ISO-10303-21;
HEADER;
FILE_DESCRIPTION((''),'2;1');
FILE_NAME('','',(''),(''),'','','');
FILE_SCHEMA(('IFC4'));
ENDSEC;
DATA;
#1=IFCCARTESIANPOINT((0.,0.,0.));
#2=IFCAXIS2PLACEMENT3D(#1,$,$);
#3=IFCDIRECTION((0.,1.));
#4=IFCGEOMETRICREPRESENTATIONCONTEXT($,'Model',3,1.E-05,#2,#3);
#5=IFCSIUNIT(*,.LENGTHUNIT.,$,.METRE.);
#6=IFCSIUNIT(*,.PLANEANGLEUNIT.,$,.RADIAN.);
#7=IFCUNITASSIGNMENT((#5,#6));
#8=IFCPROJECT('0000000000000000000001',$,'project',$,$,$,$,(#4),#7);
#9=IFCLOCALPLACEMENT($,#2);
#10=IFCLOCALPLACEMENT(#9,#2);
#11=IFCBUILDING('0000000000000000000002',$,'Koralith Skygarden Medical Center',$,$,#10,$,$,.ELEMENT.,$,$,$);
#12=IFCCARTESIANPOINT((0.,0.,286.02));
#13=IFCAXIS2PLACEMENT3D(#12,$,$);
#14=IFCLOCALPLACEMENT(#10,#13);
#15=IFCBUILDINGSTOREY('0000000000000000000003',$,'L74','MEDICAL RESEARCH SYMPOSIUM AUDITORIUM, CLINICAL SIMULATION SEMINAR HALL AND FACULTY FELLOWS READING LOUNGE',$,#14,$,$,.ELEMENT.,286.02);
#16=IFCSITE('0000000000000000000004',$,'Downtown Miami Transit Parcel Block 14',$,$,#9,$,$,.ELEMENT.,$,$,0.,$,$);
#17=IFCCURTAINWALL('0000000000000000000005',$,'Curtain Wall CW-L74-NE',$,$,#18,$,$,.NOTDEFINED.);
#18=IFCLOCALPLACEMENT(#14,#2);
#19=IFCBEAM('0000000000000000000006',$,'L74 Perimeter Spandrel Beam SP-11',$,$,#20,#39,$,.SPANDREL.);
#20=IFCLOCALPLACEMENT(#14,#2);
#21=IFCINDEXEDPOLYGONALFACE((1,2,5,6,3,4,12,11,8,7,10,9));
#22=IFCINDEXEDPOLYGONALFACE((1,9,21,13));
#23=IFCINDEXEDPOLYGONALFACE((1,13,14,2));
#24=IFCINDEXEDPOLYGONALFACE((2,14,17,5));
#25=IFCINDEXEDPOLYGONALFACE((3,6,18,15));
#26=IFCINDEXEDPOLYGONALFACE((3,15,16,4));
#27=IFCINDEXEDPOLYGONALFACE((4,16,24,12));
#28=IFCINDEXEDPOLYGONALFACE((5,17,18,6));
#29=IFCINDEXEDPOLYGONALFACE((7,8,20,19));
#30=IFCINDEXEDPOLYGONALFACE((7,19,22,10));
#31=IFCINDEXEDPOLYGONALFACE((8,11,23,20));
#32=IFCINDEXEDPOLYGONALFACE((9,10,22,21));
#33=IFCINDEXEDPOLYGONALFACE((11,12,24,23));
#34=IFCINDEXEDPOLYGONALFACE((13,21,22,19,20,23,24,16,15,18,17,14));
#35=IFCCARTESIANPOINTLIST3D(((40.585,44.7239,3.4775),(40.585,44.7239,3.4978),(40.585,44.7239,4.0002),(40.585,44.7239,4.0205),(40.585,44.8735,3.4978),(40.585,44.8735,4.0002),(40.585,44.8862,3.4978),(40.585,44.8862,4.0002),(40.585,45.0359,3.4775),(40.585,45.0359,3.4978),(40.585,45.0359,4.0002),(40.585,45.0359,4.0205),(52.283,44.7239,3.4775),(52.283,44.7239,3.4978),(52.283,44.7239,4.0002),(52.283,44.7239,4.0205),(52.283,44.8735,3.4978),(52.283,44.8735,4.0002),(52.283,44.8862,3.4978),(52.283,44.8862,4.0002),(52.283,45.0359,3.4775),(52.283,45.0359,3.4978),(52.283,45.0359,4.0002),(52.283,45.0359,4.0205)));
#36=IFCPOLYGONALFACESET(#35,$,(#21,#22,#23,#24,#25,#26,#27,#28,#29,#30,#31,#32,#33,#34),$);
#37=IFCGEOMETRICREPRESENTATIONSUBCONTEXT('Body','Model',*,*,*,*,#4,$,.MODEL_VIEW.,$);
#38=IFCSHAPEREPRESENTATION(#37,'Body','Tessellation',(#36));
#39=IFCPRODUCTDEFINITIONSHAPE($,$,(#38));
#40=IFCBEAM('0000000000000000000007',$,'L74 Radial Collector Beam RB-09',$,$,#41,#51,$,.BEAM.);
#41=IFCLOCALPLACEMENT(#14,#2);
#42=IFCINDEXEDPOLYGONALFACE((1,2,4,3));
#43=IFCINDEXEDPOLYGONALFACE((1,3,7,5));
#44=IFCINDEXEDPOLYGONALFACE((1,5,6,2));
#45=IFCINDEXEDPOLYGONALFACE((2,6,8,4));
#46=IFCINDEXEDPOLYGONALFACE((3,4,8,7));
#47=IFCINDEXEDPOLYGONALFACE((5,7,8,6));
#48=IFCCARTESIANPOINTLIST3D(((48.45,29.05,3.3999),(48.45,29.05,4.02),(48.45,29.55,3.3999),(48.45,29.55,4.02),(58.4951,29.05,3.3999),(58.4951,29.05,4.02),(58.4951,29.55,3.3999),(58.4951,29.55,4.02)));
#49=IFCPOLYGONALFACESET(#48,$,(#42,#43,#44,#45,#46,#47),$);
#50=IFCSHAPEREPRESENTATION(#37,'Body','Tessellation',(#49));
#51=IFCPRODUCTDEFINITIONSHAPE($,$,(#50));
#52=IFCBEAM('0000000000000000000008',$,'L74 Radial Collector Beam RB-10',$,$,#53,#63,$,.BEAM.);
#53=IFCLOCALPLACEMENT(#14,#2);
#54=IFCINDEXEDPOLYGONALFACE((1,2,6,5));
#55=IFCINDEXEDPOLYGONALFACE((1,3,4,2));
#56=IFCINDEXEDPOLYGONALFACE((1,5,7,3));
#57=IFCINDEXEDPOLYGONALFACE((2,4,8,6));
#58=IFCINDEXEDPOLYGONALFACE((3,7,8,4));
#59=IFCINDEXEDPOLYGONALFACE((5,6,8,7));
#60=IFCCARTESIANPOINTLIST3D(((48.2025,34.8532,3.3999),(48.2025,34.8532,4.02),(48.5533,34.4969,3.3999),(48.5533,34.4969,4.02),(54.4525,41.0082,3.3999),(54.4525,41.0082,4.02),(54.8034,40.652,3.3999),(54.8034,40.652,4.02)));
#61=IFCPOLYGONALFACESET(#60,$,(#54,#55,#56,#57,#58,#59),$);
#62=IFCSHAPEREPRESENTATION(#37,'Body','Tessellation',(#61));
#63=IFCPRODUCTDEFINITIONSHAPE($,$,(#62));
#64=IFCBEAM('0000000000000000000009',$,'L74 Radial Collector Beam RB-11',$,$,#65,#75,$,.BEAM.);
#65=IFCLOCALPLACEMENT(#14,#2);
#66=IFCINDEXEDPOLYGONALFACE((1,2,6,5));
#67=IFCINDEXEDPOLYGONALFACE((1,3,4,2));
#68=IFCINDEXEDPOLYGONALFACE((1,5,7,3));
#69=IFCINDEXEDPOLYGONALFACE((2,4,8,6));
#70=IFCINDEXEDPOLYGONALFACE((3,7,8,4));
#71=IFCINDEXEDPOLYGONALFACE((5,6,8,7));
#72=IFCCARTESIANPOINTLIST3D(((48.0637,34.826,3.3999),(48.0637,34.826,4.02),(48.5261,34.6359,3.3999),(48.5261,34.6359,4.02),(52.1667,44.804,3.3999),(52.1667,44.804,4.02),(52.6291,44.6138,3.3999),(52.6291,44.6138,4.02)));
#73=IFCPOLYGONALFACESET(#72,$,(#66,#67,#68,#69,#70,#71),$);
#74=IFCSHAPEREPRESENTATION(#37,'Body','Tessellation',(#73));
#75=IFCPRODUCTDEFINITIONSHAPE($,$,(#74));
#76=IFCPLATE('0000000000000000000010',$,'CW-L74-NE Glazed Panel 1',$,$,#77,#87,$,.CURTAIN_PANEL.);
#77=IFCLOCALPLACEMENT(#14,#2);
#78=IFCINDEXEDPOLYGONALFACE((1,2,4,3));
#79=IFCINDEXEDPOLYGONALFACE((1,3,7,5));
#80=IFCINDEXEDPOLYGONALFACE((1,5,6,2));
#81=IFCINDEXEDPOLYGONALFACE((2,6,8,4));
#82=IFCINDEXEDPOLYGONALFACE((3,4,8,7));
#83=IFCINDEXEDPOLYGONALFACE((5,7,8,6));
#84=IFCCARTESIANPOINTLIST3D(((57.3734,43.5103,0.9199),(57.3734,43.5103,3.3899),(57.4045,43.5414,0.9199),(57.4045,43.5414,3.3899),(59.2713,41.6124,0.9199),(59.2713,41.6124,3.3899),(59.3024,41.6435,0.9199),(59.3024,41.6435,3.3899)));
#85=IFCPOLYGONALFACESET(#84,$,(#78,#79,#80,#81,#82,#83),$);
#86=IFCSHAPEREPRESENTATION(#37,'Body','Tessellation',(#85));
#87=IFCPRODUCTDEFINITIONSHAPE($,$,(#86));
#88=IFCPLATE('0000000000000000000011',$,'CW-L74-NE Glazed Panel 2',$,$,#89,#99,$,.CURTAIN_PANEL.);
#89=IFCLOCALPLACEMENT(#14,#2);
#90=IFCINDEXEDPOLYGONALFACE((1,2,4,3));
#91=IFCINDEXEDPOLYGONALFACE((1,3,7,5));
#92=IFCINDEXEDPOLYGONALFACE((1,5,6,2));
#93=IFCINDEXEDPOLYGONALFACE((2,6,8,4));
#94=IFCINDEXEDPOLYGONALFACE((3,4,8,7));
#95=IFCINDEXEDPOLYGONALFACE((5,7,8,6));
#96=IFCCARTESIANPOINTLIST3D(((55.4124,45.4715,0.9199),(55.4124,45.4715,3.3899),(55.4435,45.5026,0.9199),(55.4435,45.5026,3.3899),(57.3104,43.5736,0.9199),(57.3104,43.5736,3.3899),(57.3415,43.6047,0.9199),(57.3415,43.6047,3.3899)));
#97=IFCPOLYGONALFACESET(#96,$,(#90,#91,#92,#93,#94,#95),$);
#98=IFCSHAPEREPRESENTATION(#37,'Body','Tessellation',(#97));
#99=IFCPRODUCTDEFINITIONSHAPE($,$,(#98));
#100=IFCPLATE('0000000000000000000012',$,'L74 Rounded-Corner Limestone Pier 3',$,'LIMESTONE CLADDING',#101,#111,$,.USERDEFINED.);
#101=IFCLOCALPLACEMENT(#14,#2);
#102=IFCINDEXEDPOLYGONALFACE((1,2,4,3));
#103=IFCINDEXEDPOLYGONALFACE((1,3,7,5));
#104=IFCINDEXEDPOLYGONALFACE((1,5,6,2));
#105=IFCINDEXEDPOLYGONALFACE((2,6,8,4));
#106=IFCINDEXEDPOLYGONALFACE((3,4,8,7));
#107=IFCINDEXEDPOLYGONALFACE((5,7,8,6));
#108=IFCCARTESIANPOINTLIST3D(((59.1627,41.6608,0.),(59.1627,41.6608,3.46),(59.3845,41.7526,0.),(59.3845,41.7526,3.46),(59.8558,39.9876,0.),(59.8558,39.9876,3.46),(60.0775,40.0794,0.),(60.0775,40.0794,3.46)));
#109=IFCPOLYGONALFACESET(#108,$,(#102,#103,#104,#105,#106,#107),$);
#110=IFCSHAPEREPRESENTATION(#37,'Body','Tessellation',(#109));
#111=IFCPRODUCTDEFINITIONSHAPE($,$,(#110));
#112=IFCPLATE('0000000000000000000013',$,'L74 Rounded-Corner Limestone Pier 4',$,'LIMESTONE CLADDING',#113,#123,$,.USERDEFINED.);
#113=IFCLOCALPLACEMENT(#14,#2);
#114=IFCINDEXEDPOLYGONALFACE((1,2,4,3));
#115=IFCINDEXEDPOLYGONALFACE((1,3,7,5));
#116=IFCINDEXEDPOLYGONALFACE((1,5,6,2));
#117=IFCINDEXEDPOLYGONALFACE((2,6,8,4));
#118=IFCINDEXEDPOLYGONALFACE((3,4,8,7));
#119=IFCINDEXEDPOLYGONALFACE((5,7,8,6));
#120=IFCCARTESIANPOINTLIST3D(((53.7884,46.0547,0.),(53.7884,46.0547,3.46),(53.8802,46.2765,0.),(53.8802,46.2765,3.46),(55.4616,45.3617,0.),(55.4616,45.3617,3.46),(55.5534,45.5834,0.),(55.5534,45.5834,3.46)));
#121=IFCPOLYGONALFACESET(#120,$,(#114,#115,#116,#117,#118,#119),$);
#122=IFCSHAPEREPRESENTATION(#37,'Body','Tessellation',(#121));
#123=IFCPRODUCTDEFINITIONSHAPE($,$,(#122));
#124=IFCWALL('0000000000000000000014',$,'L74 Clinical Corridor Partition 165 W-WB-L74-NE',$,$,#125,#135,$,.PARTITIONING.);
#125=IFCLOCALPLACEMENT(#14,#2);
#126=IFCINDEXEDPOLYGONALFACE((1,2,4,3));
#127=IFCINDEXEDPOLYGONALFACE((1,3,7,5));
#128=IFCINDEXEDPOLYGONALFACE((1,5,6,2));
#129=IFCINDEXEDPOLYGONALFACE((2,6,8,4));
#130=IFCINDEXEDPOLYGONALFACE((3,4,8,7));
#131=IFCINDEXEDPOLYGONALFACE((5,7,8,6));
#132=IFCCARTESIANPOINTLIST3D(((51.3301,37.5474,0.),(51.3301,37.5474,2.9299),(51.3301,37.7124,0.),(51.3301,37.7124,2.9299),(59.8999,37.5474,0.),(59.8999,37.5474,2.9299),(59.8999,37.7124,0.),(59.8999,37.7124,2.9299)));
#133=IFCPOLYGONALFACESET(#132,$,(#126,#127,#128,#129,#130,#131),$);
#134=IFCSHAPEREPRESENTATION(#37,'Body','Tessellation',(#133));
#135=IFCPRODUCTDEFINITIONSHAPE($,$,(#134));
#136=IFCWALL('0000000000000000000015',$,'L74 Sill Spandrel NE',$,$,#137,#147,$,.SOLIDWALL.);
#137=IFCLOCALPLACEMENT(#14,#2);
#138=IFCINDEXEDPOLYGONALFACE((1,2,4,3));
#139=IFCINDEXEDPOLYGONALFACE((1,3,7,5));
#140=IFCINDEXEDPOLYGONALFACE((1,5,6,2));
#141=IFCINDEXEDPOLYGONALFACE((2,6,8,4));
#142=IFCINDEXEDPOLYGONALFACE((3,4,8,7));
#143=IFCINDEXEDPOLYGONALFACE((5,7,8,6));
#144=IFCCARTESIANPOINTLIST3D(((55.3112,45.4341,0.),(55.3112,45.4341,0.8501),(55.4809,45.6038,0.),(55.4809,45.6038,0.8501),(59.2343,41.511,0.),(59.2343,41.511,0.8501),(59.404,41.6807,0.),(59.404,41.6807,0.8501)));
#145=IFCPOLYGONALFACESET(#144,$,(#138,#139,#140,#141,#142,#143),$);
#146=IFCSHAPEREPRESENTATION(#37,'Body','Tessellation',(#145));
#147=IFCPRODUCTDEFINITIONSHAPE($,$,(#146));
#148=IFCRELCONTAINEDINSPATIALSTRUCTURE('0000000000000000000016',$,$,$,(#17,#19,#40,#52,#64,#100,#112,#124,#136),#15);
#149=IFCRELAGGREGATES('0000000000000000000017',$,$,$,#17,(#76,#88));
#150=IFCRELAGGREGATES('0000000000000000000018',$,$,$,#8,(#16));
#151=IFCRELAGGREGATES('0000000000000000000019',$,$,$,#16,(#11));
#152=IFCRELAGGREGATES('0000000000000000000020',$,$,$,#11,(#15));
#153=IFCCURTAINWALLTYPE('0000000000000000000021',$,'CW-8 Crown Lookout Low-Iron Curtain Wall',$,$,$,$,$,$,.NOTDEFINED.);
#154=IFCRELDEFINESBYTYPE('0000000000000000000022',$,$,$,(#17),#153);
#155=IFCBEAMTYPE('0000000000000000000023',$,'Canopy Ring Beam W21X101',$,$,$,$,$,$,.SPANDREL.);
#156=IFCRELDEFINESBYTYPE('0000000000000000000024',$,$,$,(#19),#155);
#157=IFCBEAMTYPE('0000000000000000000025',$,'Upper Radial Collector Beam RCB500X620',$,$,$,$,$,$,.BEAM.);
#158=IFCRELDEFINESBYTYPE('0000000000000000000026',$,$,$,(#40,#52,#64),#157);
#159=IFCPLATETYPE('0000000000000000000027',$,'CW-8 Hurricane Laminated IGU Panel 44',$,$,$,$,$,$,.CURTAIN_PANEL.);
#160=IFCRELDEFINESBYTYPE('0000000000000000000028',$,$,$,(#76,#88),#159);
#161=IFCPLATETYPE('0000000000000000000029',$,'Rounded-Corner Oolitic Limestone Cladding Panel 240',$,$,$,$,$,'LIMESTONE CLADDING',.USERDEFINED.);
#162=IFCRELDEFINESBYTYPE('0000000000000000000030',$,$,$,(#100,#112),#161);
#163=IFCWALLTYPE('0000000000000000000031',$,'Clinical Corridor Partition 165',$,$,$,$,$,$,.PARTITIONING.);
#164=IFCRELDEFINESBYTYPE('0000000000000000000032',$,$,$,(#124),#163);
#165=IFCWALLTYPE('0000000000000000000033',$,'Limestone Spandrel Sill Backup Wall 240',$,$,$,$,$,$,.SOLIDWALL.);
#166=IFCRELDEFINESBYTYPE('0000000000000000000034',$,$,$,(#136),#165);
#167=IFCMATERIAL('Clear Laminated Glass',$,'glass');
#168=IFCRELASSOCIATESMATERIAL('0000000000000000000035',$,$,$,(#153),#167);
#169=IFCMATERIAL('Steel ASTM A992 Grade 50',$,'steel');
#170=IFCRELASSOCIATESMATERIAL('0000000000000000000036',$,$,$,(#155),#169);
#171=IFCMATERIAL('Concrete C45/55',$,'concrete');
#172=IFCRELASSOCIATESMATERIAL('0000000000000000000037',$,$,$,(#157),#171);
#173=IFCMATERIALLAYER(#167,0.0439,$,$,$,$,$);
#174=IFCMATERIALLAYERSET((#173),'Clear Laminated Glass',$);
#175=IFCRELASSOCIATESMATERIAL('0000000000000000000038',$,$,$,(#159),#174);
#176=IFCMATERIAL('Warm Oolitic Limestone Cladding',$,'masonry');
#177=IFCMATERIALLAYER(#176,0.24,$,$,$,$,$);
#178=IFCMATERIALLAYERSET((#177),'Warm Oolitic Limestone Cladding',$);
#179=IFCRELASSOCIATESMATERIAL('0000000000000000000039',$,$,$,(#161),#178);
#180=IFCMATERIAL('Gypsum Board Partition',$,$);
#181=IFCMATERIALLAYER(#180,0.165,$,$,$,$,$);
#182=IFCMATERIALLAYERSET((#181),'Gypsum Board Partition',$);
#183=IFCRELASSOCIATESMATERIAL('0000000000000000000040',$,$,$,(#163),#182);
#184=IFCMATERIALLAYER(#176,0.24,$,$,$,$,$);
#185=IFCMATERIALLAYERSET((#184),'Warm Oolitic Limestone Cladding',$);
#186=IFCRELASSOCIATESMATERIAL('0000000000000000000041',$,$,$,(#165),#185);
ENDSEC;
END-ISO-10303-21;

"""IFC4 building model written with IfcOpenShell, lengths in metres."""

from ifc_helpers import new_model, si_unit, direction, frame, frame_2d, origin, origin_2d, place, context, subcontext, project, spatial, rectangle, i_section, extrude, material, layer, layer_set, material_profile, profile_set, type_object, element, aggregate, save


model = new_model("IFC4")

# Units and contexts
model_context = context("Model", 3, precision=1e-05, world=origin(), true_north=direction((0.0, 1.0)))
body_context = subcontext(model_context, "Body", "Model", "MODEL_VIEW")
ifc_project = project(units=[si_unit("LENGTHUNIT", "METRE"), si_unit("PLANEANGLEUNIT", "RADIAN")], contexts=[model_context])

# Site, building, storey
site_placement = place(None, origin())
site = spatial("IfcSite", under=ifc_project, at=site_placement, Name="Downtown Miami Transit Parcel Block 14", CompositionType="ELEMENT", RefElevation=0.0)
building_placement = place(site_placement, origin())
building = spatial("IfcBuilding", under=site, at=building_placement, Name="Koralith Skygarden Medical Center", CompositionType="ELEMENT")
storey_placement = place(building_placement, frame((0.0, 0.0, 286.02)))
storey = spatial("IfcBuildingStorey", under=building, at=storey_placement, Name="L74", Description="MEDICAL RESEARCH SYMPOSIUM AUDITORIUM, CLINICAL SIMULATION SEMINAR HALL AND FACULTY FELLOWS READING LOUNGE", CompositionType="ELEMENT", Elevation=286.02)

# Shared definitions
ifc_material_1 = material(Name="Steel ASTM A992 Grade 50", Category="steel")

# Curtain wall
ifc_material_2 = material(Name="Clear Laminated Glass", Category="glass")
curtain_wall_type = type_object("IfcCurtainWallType", Name="CW-8 Crown Lookout Low-Iron Curtain Wall", PredefinedType="NOTDEFINED", material=ifc_material_2)
curtain_wall_placement = place(storey_placement, origin())
curtain_wall = element("IfcCurtainWall", 1, at=curtain_wall_placement, inside=storey, type_object=curtain_wall_type, Name="Curtain Wall CW-L74-NE", PredefinedType="NOTDEFINED")

# Beams
ifc_material_profile_1 = material_profile(ifc_material_1, i_section(OverallWidth=0.312, OverallDepth=0.543, WebThickness=0.0127, FlangeThickness=0.0203, at=origin_2d()), Name="W21X101")
ifc_profile_set_1 = profile_set([ifc_material_profile_1], Name="Steel ASTM A992 Grade 50")
beam_type_1 = type_object("IfcBeamType", Name="Canopy Ring Beam W21X101", PredefinedType="SPANDREL", material=ifc_profile_set_1)
beam_1_placement = place(storey_placement, frame((52.283, 44.8799, 3.749), z_axis=(-1.0, 0.0, 0.0), x_axis=(0.0, -1.0, 0.0)))
element("IfcBeam", 2, at=beam_1_placement, inside=storey, type_object=beam_type_1, Name="L74 Perimeter Spandrel Beam SP-11", PredefinedType="SPANDREL", context=body_context, shape_type="SweptSolid", body=[
    extrude(i_section(OverallWidth=0.312, OverallDepth=0.543, WebThickness=0.0127, FlangeThickness=0.0203, at=origin_2d()), origin(), (0.0, 0.0, 1.0), 11.698),
])
ifc_material_3 = material(Name="Concrete C45/55", Category="concrete")
ifc_material_profile_2 = material_profile(ifc_material_3, rectangle(XDim=0.5, YDim=0.6201, at=origin_2d()), Name="RCB500X620")
ifc_profile_set_2 = profile_set([ifc_material_profile_2], Name="Concrete C45/55")
beam_type_2 = type_object("IfcBeamType", Name="Upper Radial Collector Beam RCB500X620", PredefinedType="BEAM", material=ifc_profile_set_2)
beam_2_placement = place(storey_placement, frame((48.45, 29.3, 3.71), z_axis=(1.0, 0.0, 0.0), x_axis=(0.0, 1.0, 0.0)))
element("IfcBeam", 3, at=beam_2_placement, inside=storey, type_object=beam_type_2, Name="L74 Radial Collector Beam RB-09", PredefinedType="BEAM", context=body_context, shape_type="SweptSolid", body=[
    extrude(rectangle(XDim=0.5, YDim=0.6201, at=origin_2d()), origin(), (0.0, 0.0, 1.0), 10.0452),
])
beam_3_placement = place(storey_placement, frame((48.3779, 34.675, 3.71), z_axis=(0.712499, 0.701673, 0.0), x_axis=(-0.701673, 0.712499, 0.0)))
element("IfcBeam", 4, at=beam_3_placement, inside=storey, type_object=beam_type_2, Name="L74 Radial Collector Beam RB-10", PredefinedType="BEAM", context=body_context, shape_type="SweptSolid", body=[
    extrude(rectangle(XDim=0.5, YDim=0.6201, at=origin_2d()), origin(), (0.0, 0.0, 1.0), 8.772),
])
beam_4_placement = place(storey_placement, frame((48.2949, 34.731, 3.71), z_axis=(0.380308, 0.92486, 0.0), x_axis=(-0.92486, 0.380308, 0.0)))
element("IfcBeam", 5, at=beam_4_placement, inside=storey, type_object=beam_type_2, Name="L74 Radial Collector Beam RB-11", PredefinedType="BEAM", context=body_context, shape_type="SweptSolid", body=[
    extrude(rectangle(XDim=0.5, YDim=0.6201, at=origin_2d()), origin(), (0.0, 0.0, 1.0), 10.7886),
])

# Plates
ifc_layer_1 = layer(ifc_material_2, 0.0439)
ifc_layer_set_1 = layer_set([ifc_layer_1], Name="Clear Laminated Glass")
plate_type_1 = type_object("IfcPlateType", Name="CW-8 Hurricane Laminated IGU Panel 44", PredefinedType="CURTAIN_PANEL", material=ifc_layer_set_1)
plate_1_placement = place(storey_placement, frame((58.3379, 42.5769, 0.9199), z_axis=(0.0, 0.0, 1.0), x_axis=(-0.707107, 0.707107, 0.0)))
plate_1 = element("IfcPlate", 6, at=plate_1_placement, type_object=plate_type_1, Name="CW-L74-NE Glazed Panel 1", PredefinedType="CURTAIN_PANEL", context=body_context, shape_type="SweptSolid", body=[
    extrude(rectangle(XDim=2.6841, YDim=0.0439, at=origin_2d()), origin(), (0.0, 0.0, 1.0), 2.47),
])
plate_2_placement = place(storey_placement, frame((56.377, 44.5381, 0.9199), z_axis=(0.0, 0.0, 1.0), x_axis=(-0.707107, 0.707107, 0.0)))
plate_2 = element("IfcPlate", 7, at=plate_2_placement, type_object=plate_type_1, Name="CW-L74-NE Glazed Panel 2", PredefinedType="CURTAIN_PANEL", context=body_context, shape_type="SweptSolid", body=[
    extrude(rectangle(XDim=2.6841, YDim=0.0439, at=origin_2d()), origin(), (0.0, 0.0, 1.0), 2.47),
])
aggregate(curtain_wall, [plate_1, plate_2])

# Plates
ifc_material_4 = material(Name="Warm Oolitic Limestone Cladding", Category="masonry")
ifc_layer_2 = layer(ifc_material_4, 0.24)
ifc_layer_set_2 = layer_set([ifc_layer_2], Name="Warm Oolitic Limestone Cladding")
plate_type_2 = type_object("IfcPlateType", Name="Rounded-Corner Oolitic Limestone Cladding Panel 240", ElementType="LIMESTONE CLADDING", PredefinedType="USERDEFINED", material=ifc_layer_set_2)
for number, where, z_axis, x_axis, name in (
    (8, (59.6201, 40.8701, 0.0), (0.0, 0.0, 1.0), (-0.382671, 0.923885, 0.0), "L74 Rounded-Corner Limestone Pier 3"),
    (9, (54.6709, 45.8191, 0.0), (0.0, 0.0, 1.0), (-0.923885, 0.382671, 0.0), "L74 Rounded-Corner Limestone Pier 4"),
):
    element("IfcPlate", number, at=place(storey_placement, frame(where, z_axis=z_axis, x_axis=x_axis)), inside=storey, type_object=plate_type_2, Name=name, ObjectType="LIMESTONE CLADDING", PredefinedType="USERDEFINED", context=body_context, shape_type="SweptSolid", body=[
        extrude(rectangle(XDim=1.811, YDim=0.24, at=origin_2d()), origin(), (0.0, 0.0, 1.0), 3.46),
    ])

# Walls
ifc_material_5 = material(Name="Gypsum Board Partition")
ifc_layer_3 = layer(ifc_material_5, 0.165)
ifc_layer_set_3 = layer_set([ifc_layer_3], Name="Gypsum Board Partition")
wall_type_1 = type_object("IfcWallType", Name="Clinical Corridor Partition 165", PredefinedType="PARTITIONING", material=ifc_layer_set_3)
wall_1_placement = place(storey_placement, frame((51.3301, 37.6299, 0.0), z_axis=(0.0, 0.0, 1.0), x_axis=(1.0, 0.0, 0.0)))
element("IfcWall", 10, at=wall_1_placement, inside=storey, type_object=wall_type_1, Name="L74 Clinical Corridor Partition 165 W-WB-L74-NE", PredefinedType="PARTITIONING", context=body_context, shape_type="SweptSolid", body=[
    extrude(rectangle(XDim=8.5698, YDim=0.165, at=frame_2d((4.2849, 0.0))), origin(), (0.0, 0.0, 1.0), 2.9299),
])
ifc_layer_4 = layer(ifc_material_4, 0.24)
ifc_layer_set_4 = layer_set([ifc_layer_4], Name="Warm Oolitic Limestone Cladding")
wall_type_2 = type_object("IfcWallType", Name="Limestone Spandrel Sill Backup Wall 240", PredefinedType="SOLIDWALL", material=ifc_layer_set_4)
wall_2_placement = place(storey_placement, frame((59.3191, 41.5959, 0.0), z_axis=(0.0, 0.0, 1.0), x_axis=(-0.707107, 0.707107, 0.0)))
element("IfcWall", 11, at=wall_2_placement, inside=storey, type_object=wall_type_2, Name="L74 Sill Spandrel NE", PredefinedType="SOLIDWALL", context=body_context, shape_type="SweptSolid", body=[
    extrude(rectangle(XDim=5.5481, YDim=0.24, at=frame_2d((2.7739, 0.0))), origin(), (0.0, 0.0, 1.0), 0.8501),
])

save(model, "model.ifc")
